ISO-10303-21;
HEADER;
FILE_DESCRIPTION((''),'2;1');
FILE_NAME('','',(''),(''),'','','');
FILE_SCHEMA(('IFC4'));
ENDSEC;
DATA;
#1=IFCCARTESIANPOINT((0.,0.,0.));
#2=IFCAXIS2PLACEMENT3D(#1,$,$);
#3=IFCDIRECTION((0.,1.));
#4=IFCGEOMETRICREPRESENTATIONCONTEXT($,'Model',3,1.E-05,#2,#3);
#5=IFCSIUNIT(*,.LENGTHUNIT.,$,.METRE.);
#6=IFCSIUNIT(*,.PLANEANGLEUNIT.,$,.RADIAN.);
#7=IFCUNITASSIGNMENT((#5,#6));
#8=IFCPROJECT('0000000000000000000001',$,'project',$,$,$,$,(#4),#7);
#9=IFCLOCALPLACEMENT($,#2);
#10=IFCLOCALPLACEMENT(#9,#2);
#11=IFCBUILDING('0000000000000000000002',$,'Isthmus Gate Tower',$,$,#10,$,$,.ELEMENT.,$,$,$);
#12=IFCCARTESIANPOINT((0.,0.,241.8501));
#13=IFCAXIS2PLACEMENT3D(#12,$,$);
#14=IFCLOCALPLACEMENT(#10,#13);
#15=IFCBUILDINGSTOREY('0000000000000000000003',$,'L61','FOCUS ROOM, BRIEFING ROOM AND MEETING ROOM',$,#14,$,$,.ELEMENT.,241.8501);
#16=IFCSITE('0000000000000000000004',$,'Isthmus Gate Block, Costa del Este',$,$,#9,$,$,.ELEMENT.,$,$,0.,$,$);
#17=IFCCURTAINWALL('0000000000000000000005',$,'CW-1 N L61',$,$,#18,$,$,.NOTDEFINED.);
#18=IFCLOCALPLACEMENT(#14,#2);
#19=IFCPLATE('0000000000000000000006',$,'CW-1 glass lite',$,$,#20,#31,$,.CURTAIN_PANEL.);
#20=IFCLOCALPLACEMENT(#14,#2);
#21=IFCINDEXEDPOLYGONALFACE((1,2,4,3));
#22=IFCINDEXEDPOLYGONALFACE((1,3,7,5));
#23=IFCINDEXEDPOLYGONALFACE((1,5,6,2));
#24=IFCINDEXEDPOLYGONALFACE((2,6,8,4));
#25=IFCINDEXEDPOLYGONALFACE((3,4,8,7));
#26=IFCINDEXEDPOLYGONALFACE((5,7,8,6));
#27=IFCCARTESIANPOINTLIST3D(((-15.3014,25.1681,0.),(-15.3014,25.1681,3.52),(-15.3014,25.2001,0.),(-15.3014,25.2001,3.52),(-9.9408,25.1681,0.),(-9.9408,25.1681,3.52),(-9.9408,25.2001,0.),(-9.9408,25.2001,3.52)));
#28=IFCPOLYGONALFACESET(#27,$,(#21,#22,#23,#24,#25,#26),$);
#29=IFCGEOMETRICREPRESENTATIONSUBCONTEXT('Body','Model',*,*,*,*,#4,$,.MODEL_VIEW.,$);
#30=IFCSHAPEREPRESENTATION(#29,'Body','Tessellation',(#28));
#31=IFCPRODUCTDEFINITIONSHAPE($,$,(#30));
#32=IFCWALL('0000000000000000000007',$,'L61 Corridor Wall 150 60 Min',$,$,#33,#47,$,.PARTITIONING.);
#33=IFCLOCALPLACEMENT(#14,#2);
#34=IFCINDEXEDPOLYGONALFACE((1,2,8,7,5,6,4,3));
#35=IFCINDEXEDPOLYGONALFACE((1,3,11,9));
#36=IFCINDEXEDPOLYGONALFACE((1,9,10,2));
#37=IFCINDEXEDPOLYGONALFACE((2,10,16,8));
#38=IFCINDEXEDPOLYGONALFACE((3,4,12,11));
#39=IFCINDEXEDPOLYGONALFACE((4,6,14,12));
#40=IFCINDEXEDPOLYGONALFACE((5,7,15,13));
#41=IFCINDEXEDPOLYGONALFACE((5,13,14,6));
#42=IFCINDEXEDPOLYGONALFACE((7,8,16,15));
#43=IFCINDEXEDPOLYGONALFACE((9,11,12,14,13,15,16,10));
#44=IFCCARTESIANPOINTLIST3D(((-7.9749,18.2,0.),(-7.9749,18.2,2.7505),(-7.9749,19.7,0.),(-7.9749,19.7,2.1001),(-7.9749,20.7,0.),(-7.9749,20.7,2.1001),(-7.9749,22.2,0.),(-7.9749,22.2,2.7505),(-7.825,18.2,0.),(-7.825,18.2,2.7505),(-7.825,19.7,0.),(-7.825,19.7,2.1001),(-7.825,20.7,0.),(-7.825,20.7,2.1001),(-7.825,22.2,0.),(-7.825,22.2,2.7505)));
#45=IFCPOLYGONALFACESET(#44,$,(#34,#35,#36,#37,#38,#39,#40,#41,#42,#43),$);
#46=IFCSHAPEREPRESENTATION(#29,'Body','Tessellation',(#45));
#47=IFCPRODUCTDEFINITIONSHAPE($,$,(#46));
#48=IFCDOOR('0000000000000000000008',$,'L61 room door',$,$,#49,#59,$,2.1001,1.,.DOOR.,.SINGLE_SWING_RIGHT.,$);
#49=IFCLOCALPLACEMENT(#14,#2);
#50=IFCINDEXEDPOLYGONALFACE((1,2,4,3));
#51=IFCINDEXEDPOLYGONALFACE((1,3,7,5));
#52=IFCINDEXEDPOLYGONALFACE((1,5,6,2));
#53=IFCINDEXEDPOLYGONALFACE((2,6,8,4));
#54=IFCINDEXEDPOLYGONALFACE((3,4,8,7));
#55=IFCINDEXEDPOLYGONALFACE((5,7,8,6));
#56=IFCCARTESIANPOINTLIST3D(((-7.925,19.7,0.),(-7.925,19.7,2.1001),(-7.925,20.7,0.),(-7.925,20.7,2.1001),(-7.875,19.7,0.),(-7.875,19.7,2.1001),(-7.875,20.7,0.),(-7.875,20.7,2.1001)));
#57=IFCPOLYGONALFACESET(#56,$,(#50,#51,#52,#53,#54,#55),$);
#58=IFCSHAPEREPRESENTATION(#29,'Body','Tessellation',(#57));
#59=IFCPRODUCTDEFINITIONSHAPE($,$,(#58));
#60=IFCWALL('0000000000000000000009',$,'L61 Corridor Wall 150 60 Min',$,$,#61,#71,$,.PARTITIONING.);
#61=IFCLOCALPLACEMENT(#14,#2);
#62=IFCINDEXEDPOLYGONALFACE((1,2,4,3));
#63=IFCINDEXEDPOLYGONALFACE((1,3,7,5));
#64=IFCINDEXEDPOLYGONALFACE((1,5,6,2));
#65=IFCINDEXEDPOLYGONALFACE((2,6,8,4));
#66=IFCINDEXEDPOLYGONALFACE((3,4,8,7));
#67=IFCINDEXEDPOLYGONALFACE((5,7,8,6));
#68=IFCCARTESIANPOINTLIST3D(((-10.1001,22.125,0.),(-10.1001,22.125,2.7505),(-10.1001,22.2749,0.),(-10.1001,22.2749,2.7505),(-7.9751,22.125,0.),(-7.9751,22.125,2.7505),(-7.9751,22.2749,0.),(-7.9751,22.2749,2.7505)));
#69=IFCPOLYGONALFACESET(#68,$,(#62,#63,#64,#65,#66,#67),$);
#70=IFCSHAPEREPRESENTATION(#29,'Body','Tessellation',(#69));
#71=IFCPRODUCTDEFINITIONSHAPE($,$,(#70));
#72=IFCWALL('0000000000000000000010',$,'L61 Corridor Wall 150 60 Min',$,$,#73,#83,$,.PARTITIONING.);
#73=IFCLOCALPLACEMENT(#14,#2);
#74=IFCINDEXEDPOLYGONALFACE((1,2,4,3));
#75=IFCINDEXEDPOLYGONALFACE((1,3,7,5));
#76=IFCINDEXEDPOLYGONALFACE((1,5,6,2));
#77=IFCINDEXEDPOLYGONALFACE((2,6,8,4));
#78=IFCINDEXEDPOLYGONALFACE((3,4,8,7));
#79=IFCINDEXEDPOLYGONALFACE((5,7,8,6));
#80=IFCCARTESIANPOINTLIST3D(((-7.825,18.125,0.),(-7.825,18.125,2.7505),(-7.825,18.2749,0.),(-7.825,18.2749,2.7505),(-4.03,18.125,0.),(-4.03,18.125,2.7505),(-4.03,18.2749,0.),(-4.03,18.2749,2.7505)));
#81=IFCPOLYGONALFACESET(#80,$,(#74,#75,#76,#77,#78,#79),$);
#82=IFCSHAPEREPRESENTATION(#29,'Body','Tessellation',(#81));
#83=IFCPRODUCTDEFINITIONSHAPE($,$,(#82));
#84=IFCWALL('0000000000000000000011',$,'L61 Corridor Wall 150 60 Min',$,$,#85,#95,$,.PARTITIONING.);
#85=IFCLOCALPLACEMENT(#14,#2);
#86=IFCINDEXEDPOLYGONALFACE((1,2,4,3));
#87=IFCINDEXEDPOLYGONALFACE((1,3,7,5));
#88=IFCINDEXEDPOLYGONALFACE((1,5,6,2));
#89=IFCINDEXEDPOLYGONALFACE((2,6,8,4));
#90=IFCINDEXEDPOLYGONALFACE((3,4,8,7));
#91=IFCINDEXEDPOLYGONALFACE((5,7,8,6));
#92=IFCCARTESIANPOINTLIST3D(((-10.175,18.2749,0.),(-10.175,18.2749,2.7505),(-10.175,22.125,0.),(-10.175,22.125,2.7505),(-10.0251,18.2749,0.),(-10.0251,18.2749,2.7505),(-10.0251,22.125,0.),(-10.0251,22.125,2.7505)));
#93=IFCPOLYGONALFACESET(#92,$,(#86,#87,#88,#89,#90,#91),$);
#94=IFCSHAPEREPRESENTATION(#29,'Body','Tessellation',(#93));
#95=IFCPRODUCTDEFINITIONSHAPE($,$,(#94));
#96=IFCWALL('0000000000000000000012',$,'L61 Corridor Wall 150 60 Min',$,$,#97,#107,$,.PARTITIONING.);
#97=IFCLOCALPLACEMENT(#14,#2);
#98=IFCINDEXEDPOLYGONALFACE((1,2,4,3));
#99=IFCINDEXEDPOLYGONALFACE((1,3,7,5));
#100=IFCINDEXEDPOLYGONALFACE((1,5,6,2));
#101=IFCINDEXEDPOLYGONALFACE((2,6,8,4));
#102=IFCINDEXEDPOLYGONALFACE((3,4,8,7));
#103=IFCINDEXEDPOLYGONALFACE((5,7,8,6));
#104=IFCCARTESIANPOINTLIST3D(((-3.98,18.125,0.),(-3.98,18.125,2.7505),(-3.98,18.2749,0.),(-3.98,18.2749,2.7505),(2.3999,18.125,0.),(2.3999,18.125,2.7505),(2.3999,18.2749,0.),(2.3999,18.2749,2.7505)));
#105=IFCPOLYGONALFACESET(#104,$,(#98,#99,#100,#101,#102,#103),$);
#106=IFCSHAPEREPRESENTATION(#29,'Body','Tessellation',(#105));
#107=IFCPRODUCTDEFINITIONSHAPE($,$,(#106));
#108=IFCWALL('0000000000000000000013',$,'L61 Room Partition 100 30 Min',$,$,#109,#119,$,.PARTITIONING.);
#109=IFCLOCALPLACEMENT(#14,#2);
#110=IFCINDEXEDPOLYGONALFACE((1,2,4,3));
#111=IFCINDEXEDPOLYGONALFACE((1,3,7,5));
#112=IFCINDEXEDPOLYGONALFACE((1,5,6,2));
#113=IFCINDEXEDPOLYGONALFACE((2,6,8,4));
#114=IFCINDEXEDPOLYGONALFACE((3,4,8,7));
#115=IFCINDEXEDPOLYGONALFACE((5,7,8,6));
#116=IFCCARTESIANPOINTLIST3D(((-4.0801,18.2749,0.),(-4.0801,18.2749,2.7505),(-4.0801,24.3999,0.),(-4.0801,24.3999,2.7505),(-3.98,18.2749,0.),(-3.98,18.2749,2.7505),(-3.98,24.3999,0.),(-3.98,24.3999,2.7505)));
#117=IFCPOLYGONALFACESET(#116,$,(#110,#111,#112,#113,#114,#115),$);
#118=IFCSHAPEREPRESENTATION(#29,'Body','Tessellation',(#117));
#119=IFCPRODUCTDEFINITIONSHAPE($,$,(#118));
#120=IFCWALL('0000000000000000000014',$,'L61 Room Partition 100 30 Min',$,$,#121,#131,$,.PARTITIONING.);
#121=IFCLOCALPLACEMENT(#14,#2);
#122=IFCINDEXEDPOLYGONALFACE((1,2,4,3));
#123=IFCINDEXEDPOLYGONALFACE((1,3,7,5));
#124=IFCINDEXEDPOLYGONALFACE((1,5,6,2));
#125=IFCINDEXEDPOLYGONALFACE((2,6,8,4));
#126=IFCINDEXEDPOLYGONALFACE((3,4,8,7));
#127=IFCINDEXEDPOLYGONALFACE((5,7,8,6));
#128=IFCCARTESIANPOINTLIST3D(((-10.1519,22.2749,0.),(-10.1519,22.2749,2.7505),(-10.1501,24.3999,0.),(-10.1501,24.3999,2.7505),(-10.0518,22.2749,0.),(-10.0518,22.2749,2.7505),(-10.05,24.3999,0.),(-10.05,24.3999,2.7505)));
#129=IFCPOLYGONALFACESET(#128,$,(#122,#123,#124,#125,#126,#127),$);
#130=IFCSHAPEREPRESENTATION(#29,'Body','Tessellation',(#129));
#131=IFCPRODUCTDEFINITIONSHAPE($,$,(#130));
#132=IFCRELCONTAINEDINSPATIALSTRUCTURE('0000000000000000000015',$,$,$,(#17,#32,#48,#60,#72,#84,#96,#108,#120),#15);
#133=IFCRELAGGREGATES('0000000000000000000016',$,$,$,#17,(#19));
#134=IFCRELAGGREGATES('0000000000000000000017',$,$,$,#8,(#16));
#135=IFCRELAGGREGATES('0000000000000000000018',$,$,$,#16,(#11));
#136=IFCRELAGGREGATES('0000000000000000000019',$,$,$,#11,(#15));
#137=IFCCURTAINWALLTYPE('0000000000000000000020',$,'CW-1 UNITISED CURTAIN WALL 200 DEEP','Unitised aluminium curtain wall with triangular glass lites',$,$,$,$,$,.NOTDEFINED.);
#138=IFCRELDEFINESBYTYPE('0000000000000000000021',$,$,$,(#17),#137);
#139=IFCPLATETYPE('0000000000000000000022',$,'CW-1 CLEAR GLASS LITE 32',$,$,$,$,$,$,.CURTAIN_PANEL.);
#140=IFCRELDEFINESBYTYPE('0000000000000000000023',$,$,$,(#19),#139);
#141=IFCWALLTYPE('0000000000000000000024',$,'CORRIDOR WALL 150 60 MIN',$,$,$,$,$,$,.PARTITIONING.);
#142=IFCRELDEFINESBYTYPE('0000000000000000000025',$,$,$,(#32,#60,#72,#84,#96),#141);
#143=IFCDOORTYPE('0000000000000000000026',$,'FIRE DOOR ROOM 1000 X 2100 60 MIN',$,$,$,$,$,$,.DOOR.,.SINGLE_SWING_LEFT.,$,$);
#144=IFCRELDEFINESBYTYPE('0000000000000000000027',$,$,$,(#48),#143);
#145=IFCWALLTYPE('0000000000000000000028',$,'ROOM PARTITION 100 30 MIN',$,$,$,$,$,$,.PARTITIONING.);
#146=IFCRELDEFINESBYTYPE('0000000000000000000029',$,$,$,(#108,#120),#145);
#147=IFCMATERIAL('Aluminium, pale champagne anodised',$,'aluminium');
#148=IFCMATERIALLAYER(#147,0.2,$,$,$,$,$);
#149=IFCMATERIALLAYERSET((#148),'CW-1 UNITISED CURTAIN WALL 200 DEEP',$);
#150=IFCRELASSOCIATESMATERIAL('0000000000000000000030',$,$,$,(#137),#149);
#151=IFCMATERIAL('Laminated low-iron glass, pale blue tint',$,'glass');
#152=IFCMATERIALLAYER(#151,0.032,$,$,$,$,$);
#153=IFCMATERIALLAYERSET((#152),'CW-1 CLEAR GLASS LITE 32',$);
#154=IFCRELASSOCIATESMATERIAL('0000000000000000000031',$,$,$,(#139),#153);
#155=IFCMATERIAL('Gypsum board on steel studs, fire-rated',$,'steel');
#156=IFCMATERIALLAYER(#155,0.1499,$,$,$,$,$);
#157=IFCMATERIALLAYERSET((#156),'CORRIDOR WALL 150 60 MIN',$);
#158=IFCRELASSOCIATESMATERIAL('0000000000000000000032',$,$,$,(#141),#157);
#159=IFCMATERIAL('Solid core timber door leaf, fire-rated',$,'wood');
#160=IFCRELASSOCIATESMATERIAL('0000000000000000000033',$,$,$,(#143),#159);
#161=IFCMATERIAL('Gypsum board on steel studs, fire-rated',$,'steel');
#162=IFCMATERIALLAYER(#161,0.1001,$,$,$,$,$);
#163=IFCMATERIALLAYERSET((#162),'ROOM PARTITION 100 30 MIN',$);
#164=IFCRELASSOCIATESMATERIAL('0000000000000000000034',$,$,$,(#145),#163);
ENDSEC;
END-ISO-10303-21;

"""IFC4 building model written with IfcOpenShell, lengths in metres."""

from ifc_helpers import new_model, si_unit, direction, frame, frame_2d, origin, origin_2d, place, context, subcontext, project, spatial, rectangle, extrude, material, layer, layer_set, type_object, element, fill, aggregate, save


model = new_model("IFC4")

# Units and contexts
model_context = context("Model", 3, precision=1e-05, world=origin(), true_north=direction((0.0, 1.0)))
body_context = subcontext(model_context, "Body", "Model", "MODEL_VIEW")
ifc_project = project(units=[si_unit("LENGTHUNIT", "METRE"), si_unit("PLANEANGLEUNIT", "RADIAN")], contexts=[model_context])

# Site, building, storey
site_placement = place(None, origin())
site = spatial("IfcSite", under=ifc_project, at=site_placement, Name="Isthmus Gate Block, Costa del Este", CompositionType="ELEMENT", RefElevation=0.0)
building_placement = place(site_placement, origin())
building = spatial("IfcBuilding", under=site, at=building_placement, Name="Isthmus Gate Tower", CompositionType="ELEMENT")
storey_placement = place(building_placement, frame((0.0, 0.0, 241.8501)))
storey = spatial("IfcBuildingStorey", under=building, at=storey_placement, Name="L61", Description="FOCUS ROOM, BRIEFING ROOM AND MEETING ROOM", CompositionType="ELEMENT", Elevation=241.8501)

# Curtain wall
ifc_material_1 = material(Name="Aluminium, pale champagne anodised", Category="aluminium")
ifc_layer_1 = layer(ifc_material_1, 0.2)
ifc_layer_set_1 = layer_set([ifc_layer_1], Name="CW-1 UNITISED CURTAIN WALL 200 DEEP")
curtain_wall_type = type_object("IfcCurtainWallType", Name="CW-1 UNITISED CURTAIN WALL 200 DEEP", Description="Unitised aluminium curtain wall with triangular glass lites", PredefinedType="NOTDEFINED", material=ifc_layer_set_1)
curtain_wall_placement = place(storey_placement, origin())
curtain_wall = element("IfcCurtainWall", 1, at=curtain_wall_placement, inside=storey, type_object=curtain_wall_type, Name="CW-1 N L61", PredefinedType="NOTDEFINED")

# Plate
ifc_material_2 = material(Name="Laminated low-iron glass, pale blue tint", Category="glass")
ifc_layer_2 = layer(ifc_material_2, 0.032)
ifc_layer_set_2 = layer_set([ifc_layer_2], Name="CW-1 CLEAR GLASS LITE 32")
plate_type = type_object("IfcPlateType", Name="CW-1 CLEAR GLASS LITE 32", PredefinedType="CURTAIN_PANEL", material=ifc_layer_set_2)
plate_1_placement = place(storey_placement, frame((-12.6211, 25.1841, 0.0), z_axis=(0.0, 0.0, 1.0), x_axis=(-1.0, 0.0, 0.0)))
plate_1 = element("IfcPlate", 2, at=plate_1_placement, type_object=plate_type, Name="CW-1 glass lite", PredefinedType="CURTAIN_PANEL", context=body_context, shape_type="SweptSolid", body=[
    extrude(rectangle(XDim=5.3606, YDim=0.032, at=origin_2d()), origin(), (0.0, 0.0, 1.0), 3.52),
])
aggregate(curtain_wall, [plate_1])

# Wall, opening, door
ifc_material_3 = material(Name="Gypsum board on steel studs, fire-rated", Category="steel")
ifc_layer_3 = layer(ifc_material_3, 0.1499)
ifc_layer_set_3 = layer_set([ifc_layer_3], Name="CORRIDOR WALL 150 60 MIN")
wall_type_1 = type_object("IfcWallType", Name="CORRIDOR WALL 150 60 MIN", PredefinedType="PARTITIONING", material=ifc_layer_set_3)
wall_1_placement = place(storey_placement, frame((-7.8999, 22.2, 0.0), z_axis=(0.0, 0.0, 1.0), x_axis=(0.0, -1.0, 0.0)))
wall_1 = element("IfcWall", 3, at=wall_1_placement, inside=storey, type_object=wall_type_1, Name="L61 Corridor Wall 150 60 Min", PredefinedType="PARTITIONING", context=body_context, shape_type="SweptSolid", body=[
    extrude(rectangle(XDim=4.0, YDim=0.1499, at=frame_2d((2.0, 0.0))), origin(), (0.0, 0.0, 1.0), 2.7505),
])
opening_placement = place(wall_1_placement, frame((1.5, 0.0, 0.0)))
opening = element("IfcOpeningElement", 4, at=opening_placement, cuts=wall_1, PredefinedType="OPENING", context=body_context, shape_type="SweptSolid", body=[
    extrude(rectangle(XDim=1.0, YDim=2.1001, at=frame_2d((0.5, 1.05))), frame((0.0, 0.085, 0.0), z_axis=(0.0, -1.0, 0.0), x_axis=(1.0, 0.0, 0.0)), (0.0, 0.0, 1.0), 0.1699),
])
ifc_material_4 = material(Name="Solid core timber door leaf, fire-rated", Category="wood")
door_type = type_object("IfcDoorType", Name="FIRE DOOR ROOM 1000 X 2100 60 MIN", OperationType="SINGLE_SWING_LEFT", PredefinedType="DOOR", material=ifc_material_4)
door_placement = place(opening_placement, origin())
door = element("IfcDoor", 5, at=door_placement, inside=storey, type_object=door_type, Name="L61 room door", OperationType="SINGLE_SWING_RIGHT", OverallHeight=2.1001, OverallWidth=1.0, PredefinedType="DOOR", context=body_context, shape_type="SweptSolid", body=[
    extrude(rectangle(XDim=1.0, YDim=2.1001, at=frame_2d((0.5, 1.05))), frame((0.0, 0.0249, 0.0), z_axis=(0.0, -1.0, 0.0), x_axis=(1.0, 0.0, 0.0)), (0.0, 0.0, 1.0), 0.05),
])
fill(opening, door)

# Walls
wall_2_placement = place(storey_placement, frame((-10.1001, 22.2, 0.0), z_axis=(0.0, 0.0, 1.0), x_axis=(1.0, 0.0, 0.0)))
element("IfcWall", 6, at=wall_2_placement, inside=storey, type_object=wall_type_1, Name="L61 Corridor Wall 150 60 Min", PredefinedType="PARTITIONING", context=body_context, shape_type="SweptSolid", body=[
    extrude(rectangle(XDim=2.125, YDim=0.1499, at=frame_2d((1.0625, 0.0))), origin(), (0.0, 0.0, 1.0), 2.7505),
])
wall_3_placement = place(storey_placement, frame((-7.825, 18.2, 0.0), z_axis=(0.0, 0.0, 1.0), x_axis=(1.0, 0.0, 0.0)))
element("IfcWall", 7, at=wall_3_placement, inside=storey, type_object=wall_type_1, Name="L61 Corridor Wall 150 60 Min", PredefinedType="PARTITIONING", context=body_context, shape_type="SweptSolid", body=[
    extrude(rectangle(XDim=3.7949, YDim=0.1499, at=frame_2d((1.8975, 0.0))), origin(), (0.0, 0.0, 1.0), 2.7505),
])
wall_4_placement = place(storey_placement, frame((-10.1001, 18.2749, 0.0), z_axis=(0.0, 0.0, 1.0), x_axis=(0.0, 1.0, 0.0)))
element("IfcWall", 8, at=wall_4_placement, inside=storey, type_object=wall_type_1, Name="L61 Corridor Wall 150 60 Min", PredefinedType="PARTITIONING", context=body_context, shape_type="SweptSolid", body=[
    extrude(rectangle(XDim=3.8501, YDim=0.1499, at=frame_2d((1.925, 0.0))), origin(), (0.0, 0.0, 1.0), 2.7505),
])
wall_5_placement = place(storey_placement, frame((-3.98, 18.2, 0.0), z_axis=(0.0, 0.0, 1.0), x_axis=(1.0, 0.0, 0.0)))
element("IfcWall", 9, at=wall_5_placement, inside=storey, type_object=wall_type_1, Name="L61 Corridor Wall 150 60 Min", PredefinedType="PARTITIONING", context=body_context, shape_type="SweptSolid", body=[
    extrude(rectangle(XDim=6.3799, YDim=0.1499, at=frame_2d((3.1899, 0.0))), origin(), (0.0, 0.0, 1.0), 2.7505),
])
ifc_material_5 = material(Name="Gypsum board on steel studs, fire-rated", Category="steel")
ifc_layer_4 = layer(ifc_material_5, 0.1001)
ifc_layer_set_4 = layer_set([ifc_layer_4], Name="ROOM PARTITION 100 30 MIN")
wall_type_2 = type_object("IfcWallType", Name="ROOM PARTITION 100 30 MIN", PredefinedType="PARTITIONING", material=ifc_layer_set_4)
wall_6_placement = place(storey_placement, frame((-4.03, 18.2749, 0.0), z_axis=(0.0, 0.0, 1.0), x_axis=(0.0, 1.0, 0.0)))
element("IfcWall", 10, at=wall_6_placement, inside=storey, type_object=wall_type_2, Name="L61 Room Partition 100 30 Min", PredefinedType="PARTITIONING", context=body_context, shape_type="SweptSolid", body=[
    extrude(rectangle(XDim=6.125, YDim=0.1001, at=frame_2d((3.0625, 0.0))), origin(), (0.0, 0.0, 1.0), 2.7505),
])
wall_7_placement = place(storey_placement, frame((-10.1018, 22.2749, 0.0), z_axis=(0.0, 0.0, 1.0), x_axis=(0.000804, 1.0, 0.0)))
element("IfcWall", 11, at=wall_7_placement, inside=storey, type_object=wall_type_2, Name="L61 Room Partition 100 30 Min", PredefinedType="PARTITIONING", context=body_context, shape_type="SweptSolid", body=[
    extrude(rectangle(XDim=2.125, YDim=0.1001, at=frame_2d((1.0625, 0.0))), origin(), (0.0, 0.0, 1.0), 2.7505),
])

save(model, "model.ifc")
